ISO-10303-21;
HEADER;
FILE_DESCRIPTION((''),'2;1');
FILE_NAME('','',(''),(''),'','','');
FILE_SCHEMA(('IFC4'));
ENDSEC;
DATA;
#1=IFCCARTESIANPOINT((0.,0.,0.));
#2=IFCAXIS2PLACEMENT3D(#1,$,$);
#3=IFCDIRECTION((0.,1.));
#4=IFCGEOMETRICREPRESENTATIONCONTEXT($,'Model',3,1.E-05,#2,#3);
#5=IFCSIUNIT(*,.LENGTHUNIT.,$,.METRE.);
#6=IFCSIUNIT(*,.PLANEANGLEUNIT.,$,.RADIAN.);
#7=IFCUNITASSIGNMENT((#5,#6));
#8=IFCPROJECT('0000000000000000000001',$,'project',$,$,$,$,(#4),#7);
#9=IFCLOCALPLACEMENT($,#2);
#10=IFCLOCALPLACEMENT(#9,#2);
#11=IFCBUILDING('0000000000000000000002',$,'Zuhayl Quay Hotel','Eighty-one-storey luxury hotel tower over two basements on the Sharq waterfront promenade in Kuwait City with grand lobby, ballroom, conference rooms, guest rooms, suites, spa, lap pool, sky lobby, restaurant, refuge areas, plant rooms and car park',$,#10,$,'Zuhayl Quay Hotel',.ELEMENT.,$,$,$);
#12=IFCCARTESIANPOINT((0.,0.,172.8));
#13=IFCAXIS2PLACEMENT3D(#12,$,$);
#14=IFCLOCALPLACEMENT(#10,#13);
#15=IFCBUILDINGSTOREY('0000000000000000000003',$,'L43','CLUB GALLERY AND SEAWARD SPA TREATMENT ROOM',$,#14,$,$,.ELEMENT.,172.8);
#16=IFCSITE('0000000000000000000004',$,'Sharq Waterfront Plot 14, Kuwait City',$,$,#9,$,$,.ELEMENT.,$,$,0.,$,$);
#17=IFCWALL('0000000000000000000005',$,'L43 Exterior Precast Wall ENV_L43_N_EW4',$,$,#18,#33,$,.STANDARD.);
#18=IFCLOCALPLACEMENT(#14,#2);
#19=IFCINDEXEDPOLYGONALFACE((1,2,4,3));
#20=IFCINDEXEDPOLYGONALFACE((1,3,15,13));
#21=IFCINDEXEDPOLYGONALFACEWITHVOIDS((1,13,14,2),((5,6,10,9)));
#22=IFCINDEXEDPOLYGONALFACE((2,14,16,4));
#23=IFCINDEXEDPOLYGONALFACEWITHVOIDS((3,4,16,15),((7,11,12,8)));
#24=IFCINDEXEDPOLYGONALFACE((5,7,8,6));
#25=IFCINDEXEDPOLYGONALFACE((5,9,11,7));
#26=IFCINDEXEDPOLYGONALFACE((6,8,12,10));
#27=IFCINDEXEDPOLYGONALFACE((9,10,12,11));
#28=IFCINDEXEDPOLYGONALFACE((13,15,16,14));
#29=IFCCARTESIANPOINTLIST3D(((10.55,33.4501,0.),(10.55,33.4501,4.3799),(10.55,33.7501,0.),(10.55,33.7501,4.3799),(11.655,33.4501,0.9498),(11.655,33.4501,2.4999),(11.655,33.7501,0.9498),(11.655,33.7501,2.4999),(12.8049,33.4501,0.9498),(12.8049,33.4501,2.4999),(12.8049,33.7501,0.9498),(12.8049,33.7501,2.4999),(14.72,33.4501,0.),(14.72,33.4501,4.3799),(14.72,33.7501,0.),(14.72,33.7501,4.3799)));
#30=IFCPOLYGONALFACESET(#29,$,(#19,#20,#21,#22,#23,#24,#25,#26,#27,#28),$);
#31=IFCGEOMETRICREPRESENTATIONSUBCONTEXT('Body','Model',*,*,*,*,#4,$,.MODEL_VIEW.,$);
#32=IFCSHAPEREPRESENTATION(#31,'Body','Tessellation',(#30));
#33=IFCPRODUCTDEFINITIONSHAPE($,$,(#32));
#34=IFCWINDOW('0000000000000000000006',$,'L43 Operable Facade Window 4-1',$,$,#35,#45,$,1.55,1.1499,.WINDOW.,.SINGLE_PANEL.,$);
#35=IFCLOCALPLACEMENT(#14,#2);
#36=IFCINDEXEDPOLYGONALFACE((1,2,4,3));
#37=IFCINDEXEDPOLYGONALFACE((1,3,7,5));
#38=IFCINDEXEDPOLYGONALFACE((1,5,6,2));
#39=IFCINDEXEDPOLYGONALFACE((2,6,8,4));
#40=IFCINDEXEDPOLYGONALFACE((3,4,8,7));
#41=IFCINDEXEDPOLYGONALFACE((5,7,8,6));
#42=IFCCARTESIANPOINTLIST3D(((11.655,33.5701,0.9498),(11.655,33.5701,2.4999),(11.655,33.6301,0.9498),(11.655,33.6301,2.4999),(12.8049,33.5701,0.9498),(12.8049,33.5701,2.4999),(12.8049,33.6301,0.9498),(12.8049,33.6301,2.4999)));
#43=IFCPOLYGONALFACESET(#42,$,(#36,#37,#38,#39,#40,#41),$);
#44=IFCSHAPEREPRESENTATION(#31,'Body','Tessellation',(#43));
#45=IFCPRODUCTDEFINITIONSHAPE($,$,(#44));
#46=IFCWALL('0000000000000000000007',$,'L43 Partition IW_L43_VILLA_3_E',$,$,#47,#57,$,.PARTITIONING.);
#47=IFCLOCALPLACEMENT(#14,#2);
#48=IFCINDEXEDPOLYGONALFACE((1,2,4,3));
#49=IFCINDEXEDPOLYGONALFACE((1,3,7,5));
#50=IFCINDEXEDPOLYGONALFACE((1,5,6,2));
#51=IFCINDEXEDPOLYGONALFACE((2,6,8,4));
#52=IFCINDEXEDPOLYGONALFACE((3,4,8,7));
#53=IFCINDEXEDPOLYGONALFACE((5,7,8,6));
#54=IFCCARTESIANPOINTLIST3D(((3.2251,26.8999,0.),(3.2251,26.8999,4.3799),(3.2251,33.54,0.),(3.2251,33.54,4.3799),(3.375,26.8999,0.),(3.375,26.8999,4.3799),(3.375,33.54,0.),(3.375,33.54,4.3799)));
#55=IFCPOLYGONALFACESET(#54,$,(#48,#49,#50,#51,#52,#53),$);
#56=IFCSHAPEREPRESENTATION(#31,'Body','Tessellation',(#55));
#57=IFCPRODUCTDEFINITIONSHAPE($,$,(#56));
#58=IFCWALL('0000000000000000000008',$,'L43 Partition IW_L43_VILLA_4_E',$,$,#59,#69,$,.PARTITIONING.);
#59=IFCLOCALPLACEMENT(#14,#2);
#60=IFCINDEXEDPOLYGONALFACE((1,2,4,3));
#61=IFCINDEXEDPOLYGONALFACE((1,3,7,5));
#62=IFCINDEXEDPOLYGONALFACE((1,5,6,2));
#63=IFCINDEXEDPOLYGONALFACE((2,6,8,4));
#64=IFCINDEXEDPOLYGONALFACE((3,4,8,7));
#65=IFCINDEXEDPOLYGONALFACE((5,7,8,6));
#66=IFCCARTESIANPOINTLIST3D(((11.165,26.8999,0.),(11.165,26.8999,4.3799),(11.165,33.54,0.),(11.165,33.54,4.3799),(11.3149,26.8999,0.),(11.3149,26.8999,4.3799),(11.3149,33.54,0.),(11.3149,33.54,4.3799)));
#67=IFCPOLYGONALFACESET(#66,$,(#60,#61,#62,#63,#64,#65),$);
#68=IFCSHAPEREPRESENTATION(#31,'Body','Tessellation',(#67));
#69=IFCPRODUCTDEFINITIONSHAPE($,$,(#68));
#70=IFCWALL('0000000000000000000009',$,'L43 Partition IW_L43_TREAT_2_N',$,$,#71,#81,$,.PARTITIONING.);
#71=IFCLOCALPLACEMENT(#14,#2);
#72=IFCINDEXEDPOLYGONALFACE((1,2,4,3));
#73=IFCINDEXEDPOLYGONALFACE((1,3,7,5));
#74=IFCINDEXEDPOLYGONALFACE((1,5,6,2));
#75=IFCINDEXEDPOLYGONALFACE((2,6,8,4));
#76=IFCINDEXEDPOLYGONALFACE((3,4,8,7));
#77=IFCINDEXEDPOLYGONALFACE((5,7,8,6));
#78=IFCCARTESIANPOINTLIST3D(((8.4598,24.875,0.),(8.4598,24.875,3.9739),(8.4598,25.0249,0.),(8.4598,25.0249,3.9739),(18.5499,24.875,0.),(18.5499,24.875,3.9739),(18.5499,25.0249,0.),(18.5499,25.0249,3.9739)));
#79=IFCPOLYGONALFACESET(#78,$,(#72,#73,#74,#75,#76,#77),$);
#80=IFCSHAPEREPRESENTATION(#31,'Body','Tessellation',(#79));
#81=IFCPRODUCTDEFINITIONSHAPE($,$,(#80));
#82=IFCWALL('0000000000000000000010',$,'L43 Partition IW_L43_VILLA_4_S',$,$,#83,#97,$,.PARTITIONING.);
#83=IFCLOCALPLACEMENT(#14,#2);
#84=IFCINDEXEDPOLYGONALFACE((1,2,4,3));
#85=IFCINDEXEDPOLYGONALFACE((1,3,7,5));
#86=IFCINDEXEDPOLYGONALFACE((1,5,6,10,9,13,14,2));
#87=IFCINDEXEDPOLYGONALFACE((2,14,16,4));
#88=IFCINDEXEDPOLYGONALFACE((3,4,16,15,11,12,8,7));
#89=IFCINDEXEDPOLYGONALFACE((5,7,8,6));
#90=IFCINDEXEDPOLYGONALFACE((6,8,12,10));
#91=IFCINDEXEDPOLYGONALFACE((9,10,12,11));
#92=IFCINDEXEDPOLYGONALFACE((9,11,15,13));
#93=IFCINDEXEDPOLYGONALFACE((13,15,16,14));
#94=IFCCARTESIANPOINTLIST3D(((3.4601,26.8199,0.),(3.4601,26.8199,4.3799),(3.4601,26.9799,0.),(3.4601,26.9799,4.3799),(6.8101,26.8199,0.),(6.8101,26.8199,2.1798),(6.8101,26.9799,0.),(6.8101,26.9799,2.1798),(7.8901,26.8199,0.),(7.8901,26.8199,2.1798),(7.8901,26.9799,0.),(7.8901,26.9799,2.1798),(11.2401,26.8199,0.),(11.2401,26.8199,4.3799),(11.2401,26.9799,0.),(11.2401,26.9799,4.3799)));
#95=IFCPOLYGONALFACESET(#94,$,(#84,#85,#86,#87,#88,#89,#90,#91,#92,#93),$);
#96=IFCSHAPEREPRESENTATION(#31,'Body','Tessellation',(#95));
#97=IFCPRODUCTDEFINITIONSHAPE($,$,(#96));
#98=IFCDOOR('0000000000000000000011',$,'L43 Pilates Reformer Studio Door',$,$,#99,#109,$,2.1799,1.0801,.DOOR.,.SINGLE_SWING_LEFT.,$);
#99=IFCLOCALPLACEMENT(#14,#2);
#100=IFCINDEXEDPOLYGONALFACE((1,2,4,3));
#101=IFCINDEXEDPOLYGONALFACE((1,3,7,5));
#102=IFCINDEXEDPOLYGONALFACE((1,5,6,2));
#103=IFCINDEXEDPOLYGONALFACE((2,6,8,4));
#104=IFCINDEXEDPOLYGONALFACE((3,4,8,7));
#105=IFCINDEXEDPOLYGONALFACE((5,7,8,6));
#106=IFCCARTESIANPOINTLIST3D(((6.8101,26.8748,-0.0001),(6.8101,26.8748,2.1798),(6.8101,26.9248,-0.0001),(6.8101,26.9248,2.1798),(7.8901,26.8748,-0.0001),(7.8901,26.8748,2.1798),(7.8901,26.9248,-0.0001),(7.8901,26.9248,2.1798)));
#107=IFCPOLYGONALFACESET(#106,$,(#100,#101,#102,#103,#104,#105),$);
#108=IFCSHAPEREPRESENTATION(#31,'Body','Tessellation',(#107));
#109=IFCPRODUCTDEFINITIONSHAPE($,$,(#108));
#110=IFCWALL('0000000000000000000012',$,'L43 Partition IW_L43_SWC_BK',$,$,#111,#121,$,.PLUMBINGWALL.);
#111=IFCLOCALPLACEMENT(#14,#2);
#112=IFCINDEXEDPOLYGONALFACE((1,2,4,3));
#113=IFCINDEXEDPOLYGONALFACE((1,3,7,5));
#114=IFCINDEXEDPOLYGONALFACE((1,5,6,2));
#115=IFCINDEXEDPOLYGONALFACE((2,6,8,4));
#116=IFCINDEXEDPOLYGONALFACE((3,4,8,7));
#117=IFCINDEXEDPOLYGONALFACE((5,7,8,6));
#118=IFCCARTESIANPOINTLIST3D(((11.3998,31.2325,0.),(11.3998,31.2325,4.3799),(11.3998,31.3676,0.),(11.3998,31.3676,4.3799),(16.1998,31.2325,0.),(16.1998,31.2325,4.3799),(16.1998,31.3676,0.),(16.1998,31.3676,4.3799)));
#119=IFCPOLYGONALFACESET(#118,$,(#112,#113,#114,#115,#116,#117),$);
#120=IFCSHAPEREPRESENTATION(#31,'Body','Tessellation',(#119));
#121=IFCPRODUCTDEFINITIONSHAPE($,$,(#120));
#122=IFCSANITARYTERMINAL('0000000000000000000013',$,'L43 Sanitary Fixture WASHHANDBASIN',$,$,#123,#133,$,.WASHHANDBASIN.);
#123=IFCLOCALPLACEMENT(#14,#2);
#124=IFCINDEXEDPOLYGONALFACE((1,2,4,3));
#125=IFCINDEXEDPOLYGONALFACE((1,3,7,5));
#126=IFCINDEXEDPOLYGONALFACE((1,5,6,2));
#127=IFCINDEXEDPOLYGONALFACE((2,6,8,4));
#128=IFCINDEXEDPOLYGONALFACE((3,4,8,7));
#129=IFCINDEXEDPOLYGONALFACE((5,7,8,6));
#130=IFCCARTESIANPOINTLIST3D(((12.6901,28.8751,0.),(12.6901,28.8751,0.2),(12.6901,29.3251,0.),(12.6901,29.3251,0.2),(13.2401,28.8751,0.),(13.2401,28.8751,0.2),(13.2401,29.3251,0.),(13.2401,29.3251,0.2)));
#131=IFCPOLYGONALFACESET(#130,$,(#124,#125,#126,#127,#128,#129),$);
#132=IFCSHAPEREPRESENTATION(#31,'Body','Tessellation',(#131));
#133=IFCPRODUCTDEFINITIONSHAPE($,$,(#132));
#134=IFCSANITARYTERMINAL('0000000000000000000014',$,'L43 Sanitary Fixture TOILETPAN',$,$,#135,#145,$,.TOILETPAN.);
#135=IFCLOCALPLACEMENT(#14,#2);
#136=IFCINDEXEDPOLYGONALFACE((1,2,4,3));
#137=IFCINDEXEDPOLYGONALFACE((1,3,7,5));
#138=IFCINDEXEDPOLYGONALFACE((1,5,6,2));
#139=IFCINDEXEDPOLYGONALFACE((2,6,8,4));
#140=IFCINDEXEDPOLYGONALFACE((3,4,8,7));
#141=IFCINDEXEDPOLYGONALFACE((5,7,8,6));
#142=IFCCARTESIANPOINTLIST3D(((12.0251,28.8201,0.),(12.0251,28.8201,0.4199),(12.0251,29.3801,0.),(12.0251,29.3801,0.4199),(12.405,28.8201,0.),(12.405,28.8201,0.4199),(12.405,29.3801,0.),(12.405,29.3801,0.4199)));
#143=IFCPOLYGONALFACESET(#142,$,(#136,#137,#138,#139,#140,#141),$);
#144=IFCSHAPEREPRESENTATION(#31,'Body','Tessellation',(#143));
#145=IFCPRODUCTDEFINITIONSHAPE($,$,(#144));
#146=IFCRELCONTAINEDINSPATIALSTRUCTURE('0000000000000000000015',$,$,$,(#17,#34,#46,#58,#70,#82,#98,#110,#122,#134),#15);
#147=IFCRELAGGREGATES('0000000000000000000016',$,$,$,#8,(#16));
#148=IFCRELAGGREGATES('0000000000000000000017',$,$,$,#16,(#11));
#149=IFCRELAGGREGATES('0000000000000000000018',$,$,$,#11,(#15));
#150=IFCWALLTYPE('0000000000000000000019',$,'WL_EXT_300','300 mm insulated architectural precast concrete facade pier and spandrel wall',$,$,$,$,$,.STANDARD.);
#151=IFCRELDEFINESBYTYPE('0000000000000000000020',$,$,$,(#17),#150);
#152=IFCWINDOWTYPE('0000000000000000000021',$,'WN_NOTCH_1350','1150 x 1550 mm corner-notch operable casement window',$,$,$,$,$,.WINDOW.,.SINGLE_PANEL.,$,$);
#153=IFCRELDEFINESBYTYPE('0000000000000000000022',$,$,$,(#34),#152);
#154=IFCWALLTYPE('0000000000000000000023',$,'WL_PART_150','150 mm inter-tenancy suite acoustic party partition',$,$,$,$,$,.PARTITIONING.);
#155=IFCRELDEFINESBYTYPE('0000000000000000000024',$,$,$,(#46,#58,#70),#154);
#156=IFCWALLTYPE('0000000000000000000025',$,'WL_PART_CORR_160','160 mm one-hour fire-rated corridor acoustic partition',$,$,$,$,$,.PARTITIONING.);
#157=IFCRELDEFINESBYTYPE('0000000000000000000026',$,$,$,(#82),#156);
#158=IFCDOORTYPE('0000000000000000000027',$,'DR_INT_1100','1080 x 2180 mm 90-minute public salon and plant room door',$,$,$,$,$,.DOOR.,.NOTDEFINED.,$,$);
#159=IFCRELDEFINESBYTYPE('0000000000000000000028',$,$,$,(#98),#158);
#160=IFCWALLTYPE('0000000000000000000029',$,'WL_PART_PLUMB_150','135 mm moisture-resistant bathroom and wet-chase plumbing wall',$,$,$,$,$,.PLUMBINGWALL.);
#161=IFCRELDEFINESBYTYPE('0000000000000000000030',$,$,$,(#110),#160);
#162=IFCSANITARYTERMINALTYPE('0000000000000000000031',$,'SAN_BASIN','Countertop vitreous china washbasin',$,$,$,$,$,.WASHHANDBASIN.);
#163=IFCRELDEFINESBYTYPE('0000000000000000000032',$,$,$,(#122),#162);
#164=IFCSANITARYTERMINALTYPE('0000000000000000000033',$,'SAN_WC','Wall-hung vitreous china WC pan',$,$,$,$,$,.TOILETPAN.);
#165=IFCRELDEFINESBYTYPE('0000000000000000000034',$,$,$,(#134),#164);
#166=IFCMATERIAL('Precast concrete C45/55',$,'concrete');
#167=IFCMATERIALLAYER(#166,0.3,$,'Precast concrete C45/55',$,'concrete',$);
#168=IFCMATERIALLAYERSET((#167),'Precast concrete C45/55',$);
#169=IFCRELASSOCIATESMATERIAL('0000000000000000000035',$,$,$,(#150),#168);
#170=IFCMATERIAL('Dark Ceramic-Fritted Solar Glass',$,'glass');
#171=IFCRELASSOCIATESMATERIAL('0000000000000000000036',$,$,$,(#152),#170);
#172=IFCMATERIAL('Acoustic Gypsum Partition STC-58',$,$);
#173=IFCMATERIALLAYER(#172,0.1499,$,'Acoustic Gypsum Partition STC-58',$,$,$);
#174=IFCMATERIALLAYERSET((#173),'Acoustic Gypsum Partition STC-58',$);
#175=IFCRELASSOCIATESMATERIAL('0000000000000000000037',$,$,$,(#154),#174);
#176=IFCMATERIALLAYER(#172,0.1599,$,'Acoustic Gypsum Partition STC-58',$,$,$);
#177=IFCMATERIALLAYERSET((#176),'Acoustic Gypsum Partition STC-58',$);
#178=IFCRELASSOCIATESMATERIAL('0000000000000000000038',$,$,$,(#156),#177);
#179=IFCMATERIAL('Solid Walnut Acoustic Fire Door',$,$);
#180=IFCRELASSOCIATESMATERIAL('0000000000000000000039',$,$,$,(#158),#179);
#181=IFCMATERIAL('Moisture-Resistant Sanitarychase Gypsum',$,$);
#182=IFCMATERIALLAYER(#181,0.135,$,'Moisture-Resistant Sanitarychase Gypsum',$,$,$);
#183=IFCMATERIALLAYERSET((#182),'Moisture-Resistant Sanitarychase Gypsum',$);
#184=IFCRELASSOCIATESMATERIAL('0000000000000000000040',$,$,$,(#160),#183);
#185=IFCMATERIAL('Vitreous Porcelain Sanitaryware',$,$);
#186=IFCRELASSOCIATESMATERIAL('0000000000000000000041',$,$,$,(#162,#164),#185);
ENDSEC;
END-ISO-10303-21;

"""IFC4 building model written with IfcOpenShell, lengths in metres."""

from ifc_helpers import new_model, si_unit, direction, frame, frame_2d, origin, origin_2d, place, context, subcontext, project, spatial, rectangle, extrude, material, layer, layer_set, type_object, element, fill, save


model = new_model("IFC4")

# Units and contexts
model_context = context("Model", 3, precision=1e-05, world=origin(), true_north=direction((0.0, 1.0)))
body_context = subcontext(model_context, "Body", "Model", "MODEL_VIEW")
ifc_project = project(units=[si_unit("LENGTHUNIT", "METRE"), si_unit("PLANEANGLEUNIT", "RADIAN")], contexts=[model_context])

# Site, building, storey
site_placement = place(None, origin())
site = spatial("IfcSite", under=ifc_project, at=site_placement, Name="Sharq Waterfront Plot 14, Kuwait City", CompositionType="ELEMENT", RefElevation=0.0)
building_placement = place(site_placement, origin())
building = spatial("IfcBuilding", under=site, at=building_placement, Name="Zuhayl Quay Hotel", Description="Eighty-one-storey luxury hotel tower over two basements on the Sharq waterfront promenade in Kuwait City with grand lobby, ballroom, conference rooms, guest rooms, suites, spa, lap pool, sky lobby, restaurant, refuge areas, plant rooms and car park", LongName="Zuhayl Quay Hotel", CompositionType="ELEMENT")
storey_placement = place(building_placement, frame((0.0, 0.0, 172.8)))
storey = spatial("IfcBuildingStorey", under=building, at=storey_placement, Name="L43", Description="CLUB GALLERY AND SEAWARD SPA TREATMENT ROOM", CompositionType="ELEMENT", Elevation=172.8)

# Shared definitions
ifc_material_1 = material(Name="Dark Ceramic-Fritted Solar Glass", Category="glass")

# Wall, opening, window
ifc_material_2 = material(Name="Precast concrete C45/55", Category="concrete")
ifc_layer_1 = layer(ifc_material_2, 0.3, Name="Precast concrete C45/55", Category="concrete")
ifc_layer_set_1 = layer_set([ifc_layer_1], Name="Precast concrete C45/55")
wall_type_1 = type_object("IfcWallType", Name="WL_EXT_300", Description="300 mm insulated architectural precast concrete facade pier and spandrel wall", PredefinedType="STANDARD", material=ifc_layer_set_1)
wall_1_placement = place(storey_placement, frame((10.55, 33.6001, 0.0), z_axis=(0.0, 0.0, 1.0), x_axis=(1.0, 0.0, 0.0)))
wall_1 = element("IfcWall", 1, at=wall_1_placement, inside=storey, type_object=wall_type_1, Name="L43 Exterior Precast Wall ENV_L43_N_EW4", PredefinedType="STANDARD", context=body_context, shape_type="SweptSolid", body=[
    extrude(rectangle(XDim=4.1699, YDim=0.3, at=frame_2d((2.085, 0.0))), origin(), (0.0, 0.0, 1.0), 4.3799),
])
opening_1_placement = place(wall_1_placement, frame((1.105, 0.0, 0.95)))
opening_1 = element("IfcOpeningElement", 2, at=opening_1_placement, cuts=wall_1, PredefinedType="OPENING", context=body_context, shape_type="SweptSolid", body=[
    extrude(rectangle(XDim=1.1499, YDim=1.55, at=frame_2d((0.575, 0.7749))), frame((0.0, 0.1599, 0.0), z_axis=(0.0, -1.0, 0.0), x_axis=(1.0, 0.0, 0.0)), (0.0, 0.0, 1.0), 0.3201),
])
window_type = type_object("IfcWindowType", Name="WN_NOTCH_1350", Description="1150 x 1550 mm corner-notch operable casement window", PartitioningType="SINGLE_PANEL", PredefinedType="WINDOW", material=ifc_material_1)
window_placement = place(opening_1_placement, origin())
window = element("IfcWindow", 3, at=window_placement, inside=storey, type_object=window_type, Name="L43 Operable Facade Window 4-1", OverallHeight=1.55, OverallWidth=1.1499, PartitioningType="SINGLE_PANEL", PredefinedType="WINDOW", context=body_context, shape_type="SweptSolid", body=[
    extrude(rectangle(XDim=1.1499, YDim=1.55, at=frame_2d((0.575, 0.7749))), frame((0.0, 0.03, 0.0), z_axis=(0.0, -1.0, 0.0), x_axis=(1.0, 0.0, 0.0)), (0.0, 0.0, 1.0), 0.0601),
])
fill(opening_1, window)

# Walls
ifc_material_3 = material(Name="Acoustic Gypsum Partition STC-58")
ifc_layer_2 = layer(ifc_material_3, 0.1499, Name="Acoustic Gypsum Partition STC-58")
ifc_layer_set_2 = layer_set([ifc_layer_2], Name="Acoustic Gypsum Partition STC-58")
wall_type_2 = type_object("IfcWallType", Name="WL_PART_150", Description="150 mm inter-tenancy suite acoustic party partition", PredefinedType="PARTITIONING", material=ifc_layer_set_2)
for number, where, z_axis, x_axis, name in (
    (4, (3.3, 26.8999, 0.0), (0.0, 0.0, 1.0), (0.0, 1.0, 0.0), "L43 Partition IW_L43_VILLA_3_E"),
    (5, (11.24, 26.8999, 0.0), (0.0, 0.0, 1.0), (0.0, 1.0, 0.0), "L43 Partition IW_L43_VILLA_4_E"),
):
    element("IfcWall", number, at=place(storey_placement, frame(where, z_axis=z_axis, x_axis=x_axis)), inside=storey, type_object=wall_type_2, Name=name, PredefinedType="PARTITIONING", context=body_context, shape_type="SweptSolid", body=[
        extrude(rectangle(XDim=6.6401, YDim=0.1499, at=frame_2d((3.3201, 0.0))), origin(), (0.0, 0.0, 1.0), 4.3799),
    ])
wall_2_placement = place(storey_placement, frame((8.46, 24.95, 0.0), z_axis=(0.0, 0.0, 1.0), x_axis=(1.0, 0.0, 0.0)))
element("IfcWall", 6, at=wall_2_placement, inside=storey, type_object=wall_type_2, Name="L43 Partition IW_L43_TREAT_2_N", PredefinedType="PARTITIONING", context=body_context, shape_type="SweptSolid", body=[
    extrude(rectangle(XDim=10.0901, YDim=0.1499, at=frame_2d((5.0449, 0.0))), origin(), (0.0, 0.0, 1.0), 3.9739),
])

# Wall, opening, door
ifc_layer_3 = layer(ifc_material_3, 0.1599, Name="Acoustic Gypsum Partition STC-58")
ifc_layer_set_3 = layer_set([ifc_layer_3], Name="Acoustic Gypsum Partition STC-58")
wall_type_3 = type_object("IfcWallType", Name="WL_PART_CORR_160", Description="160 mm one-hour fire-rated corridor acoustic partition", PredefinedType="PARTITIONING", material=ifc_layer_set_3)
wall_3_placement = place(storey_placement, frame((3.46, 26.8999, 0.0), z_axis=(0.0, 0.0, 1.0), x_axis=(1.0, 0.0, 0.0)))
wall_3 = element("IfcWall", 7, at=wall_3_placement, inside=storey, type_object=wall_type_3, Name="L43 Partition IW_L43_VILLA_4_S", PredefinedType="PARTITIONING", context=body_context, shape_type="SweptSolid", body=[
    extrude(rectangle(XDim=7.78, YDim=0.1599, at=frame_2d((3.8901, 0.0))), origin(), (0.0, 0.0, 1.0), 4.3799),
])
opening_2_placement = place(wall_3_placement, frame((3.3501, 0.0, 0.0)))
opening_2 = element("IfcOpeningElement", 8, at=opening_2_placement, cuts=wall_3, PredefinedType="OPENING", context=body_context, shape_type="SweptSolid", body=[
    extrude(rectangle(XDim=1.0801, YDim=2.1799, at=frame_2d((0.54, 1.0898))), frame((0.0, 0.0898, 0.0), z_axis=(0.0, -1.0, 0.0), x_axis=(1.0, 0.0, 0.0)), (0.0, 0.0, 1.0), 0.1799),
])
ifc_material_4 = material(Name="Solid Walnut Acoustic Fire Door")
door_type_1 = type_object("IfcDoorType", Name="DR_INT_1100", Description="1080 x 2180 mm 90-minute public salon and plant room door", OperationType="NOTDEFINED", PredefinedType="DOOR", material=ifc_material_4)
door_1_placement = place(opening_2_placement, origin())
door_1 = element("IfcDoor", 9, at=door_1_placement, inside=storey, type_object=door_type_1, Name="L43 Pilates Reformer Studio Door", OperationType="SINGLE_SWING_LEFT", OverallHeight=2.1799, OverallWidth=1.0801, PredefinedType="DOOR", context=body_context, shape_type="SweptSolid", body=[
    extrude(rectangle(XDim=1.0801, YDim=2.1799, at=frame_2d((0.54, 1.0898))), frame((0.0, 0.0249, 0.0), z_axis=(0.0, -1.0, 0.0), x_axis=(1.0, 0.0, 0.0)), (0.0, 0.0, 1.0), 0.05),
])
fill(opening_2, door_1)
ifc_material_5 = material(Name="Moisture-Resistant Sanitarychase Gypsum")
ifc_layer_4 = layer(ifc_material_5, 0.135, Name="Moisture-Resistant Sanitarychase Gypsum")
ifc_layer_set_4 = layer_set([ifc_layer_4], Name="Moisture-Resistant Sanitarychase Gypsum")
wall_type_4 = type_object("IfcWallType", Name="WL_PART_PLUMB_150", Description="135 mm moisture-resistant bathroom and wet-chase plumbing wall", PredefinedType="PLUMBINGWALL", material=ifc_layer_set_4)

# Wall
wall_4_placement = place(storey_placement, frame((11.3999, 31.3, 0.0), z_axis=(0.0, 0.0, 1.0), x_axis=(1.0, 0.0, 0.0)))
element("IfcWall", 10, at=wall_4_placement, inside=storey, type_object=wall_type_4, Name="L43 Partition IW_L43_SWC_BK", PredefinedType="PLUMBINGWALL", context=body_context, shape_type="SweptSolid", body=[
    extrude(rectangle(XDim=4.8, YDim=0.135, at=frame_2d((2.3999, 0.0))), origin(), (0.0, 0.0, 1.0), 4.3799),
])

# Sanitary terminals
ifc_material_6 = material(Name="Vitreous Porcelain Sanitaryware")
sanitary_terminal_type_1 = type_object("IfcSanitaryTerminalType", Name="SAN_BASIN", Description="Countertop vitreous china washbasin", PredefinedType="WASHHANDBASIN", material=ifc_material_6)
sanitary_terminal_1_placement = place(storey_placement, frame((12.9651, 29.1001, 0.0), z_axis=(0.0, 0.0, 1.0), x_axis=(1.0, 0.0, 0.0)))
element("IfcSanitaryTerminal", 11, at=sanitary_terminal_1_placement, inside=storey, type_object=sanitary_terminal_type_1, Name="L43 Sanitary Fixture WASHHANDBASIN", PredefinedType="WASHHANDBASIN", context=body_context, shape_type="SweptSolid", body=[
    extrude(rectangle(XDim=0.55, YDim=0.45, at=origin_2d()), origin(), (0.0, 0.0, 1.0), 0.2),
])
sanitary_terminal_type_2 = type_object("IfcSanitaryTerminalType", Name="SAN_WC", Description="Wall-hung vitreous china WC pan", PredefinedType="TOILETPAN", material=ifc_material_6)
sanitary_terminal_2_placement = place(storey_placement, frame((12.2151, 29.1001, 0.0), z_axis=(0.0, 0.0, 1.0), x_axis=(1.0, 0.0, 0.0)))
element("IfcSanitaryTerminal", 12, at=sanitary_terminal_2_placement, inside=storey, type_object=sanitary_terminal_type_2, Name="L43 Sanitary Fixture TOILETPAN", PredefinedType="TOILETPAN", context=body_context, shape_type="SweptSolid", body=[
    extrude(rectangle(XDim=0.3799, YDim=0.5601, at=origin_2d()), origin(), (0.0, 0.0, 1.0), 0.4199),
])

save(model, "model.ifc")
